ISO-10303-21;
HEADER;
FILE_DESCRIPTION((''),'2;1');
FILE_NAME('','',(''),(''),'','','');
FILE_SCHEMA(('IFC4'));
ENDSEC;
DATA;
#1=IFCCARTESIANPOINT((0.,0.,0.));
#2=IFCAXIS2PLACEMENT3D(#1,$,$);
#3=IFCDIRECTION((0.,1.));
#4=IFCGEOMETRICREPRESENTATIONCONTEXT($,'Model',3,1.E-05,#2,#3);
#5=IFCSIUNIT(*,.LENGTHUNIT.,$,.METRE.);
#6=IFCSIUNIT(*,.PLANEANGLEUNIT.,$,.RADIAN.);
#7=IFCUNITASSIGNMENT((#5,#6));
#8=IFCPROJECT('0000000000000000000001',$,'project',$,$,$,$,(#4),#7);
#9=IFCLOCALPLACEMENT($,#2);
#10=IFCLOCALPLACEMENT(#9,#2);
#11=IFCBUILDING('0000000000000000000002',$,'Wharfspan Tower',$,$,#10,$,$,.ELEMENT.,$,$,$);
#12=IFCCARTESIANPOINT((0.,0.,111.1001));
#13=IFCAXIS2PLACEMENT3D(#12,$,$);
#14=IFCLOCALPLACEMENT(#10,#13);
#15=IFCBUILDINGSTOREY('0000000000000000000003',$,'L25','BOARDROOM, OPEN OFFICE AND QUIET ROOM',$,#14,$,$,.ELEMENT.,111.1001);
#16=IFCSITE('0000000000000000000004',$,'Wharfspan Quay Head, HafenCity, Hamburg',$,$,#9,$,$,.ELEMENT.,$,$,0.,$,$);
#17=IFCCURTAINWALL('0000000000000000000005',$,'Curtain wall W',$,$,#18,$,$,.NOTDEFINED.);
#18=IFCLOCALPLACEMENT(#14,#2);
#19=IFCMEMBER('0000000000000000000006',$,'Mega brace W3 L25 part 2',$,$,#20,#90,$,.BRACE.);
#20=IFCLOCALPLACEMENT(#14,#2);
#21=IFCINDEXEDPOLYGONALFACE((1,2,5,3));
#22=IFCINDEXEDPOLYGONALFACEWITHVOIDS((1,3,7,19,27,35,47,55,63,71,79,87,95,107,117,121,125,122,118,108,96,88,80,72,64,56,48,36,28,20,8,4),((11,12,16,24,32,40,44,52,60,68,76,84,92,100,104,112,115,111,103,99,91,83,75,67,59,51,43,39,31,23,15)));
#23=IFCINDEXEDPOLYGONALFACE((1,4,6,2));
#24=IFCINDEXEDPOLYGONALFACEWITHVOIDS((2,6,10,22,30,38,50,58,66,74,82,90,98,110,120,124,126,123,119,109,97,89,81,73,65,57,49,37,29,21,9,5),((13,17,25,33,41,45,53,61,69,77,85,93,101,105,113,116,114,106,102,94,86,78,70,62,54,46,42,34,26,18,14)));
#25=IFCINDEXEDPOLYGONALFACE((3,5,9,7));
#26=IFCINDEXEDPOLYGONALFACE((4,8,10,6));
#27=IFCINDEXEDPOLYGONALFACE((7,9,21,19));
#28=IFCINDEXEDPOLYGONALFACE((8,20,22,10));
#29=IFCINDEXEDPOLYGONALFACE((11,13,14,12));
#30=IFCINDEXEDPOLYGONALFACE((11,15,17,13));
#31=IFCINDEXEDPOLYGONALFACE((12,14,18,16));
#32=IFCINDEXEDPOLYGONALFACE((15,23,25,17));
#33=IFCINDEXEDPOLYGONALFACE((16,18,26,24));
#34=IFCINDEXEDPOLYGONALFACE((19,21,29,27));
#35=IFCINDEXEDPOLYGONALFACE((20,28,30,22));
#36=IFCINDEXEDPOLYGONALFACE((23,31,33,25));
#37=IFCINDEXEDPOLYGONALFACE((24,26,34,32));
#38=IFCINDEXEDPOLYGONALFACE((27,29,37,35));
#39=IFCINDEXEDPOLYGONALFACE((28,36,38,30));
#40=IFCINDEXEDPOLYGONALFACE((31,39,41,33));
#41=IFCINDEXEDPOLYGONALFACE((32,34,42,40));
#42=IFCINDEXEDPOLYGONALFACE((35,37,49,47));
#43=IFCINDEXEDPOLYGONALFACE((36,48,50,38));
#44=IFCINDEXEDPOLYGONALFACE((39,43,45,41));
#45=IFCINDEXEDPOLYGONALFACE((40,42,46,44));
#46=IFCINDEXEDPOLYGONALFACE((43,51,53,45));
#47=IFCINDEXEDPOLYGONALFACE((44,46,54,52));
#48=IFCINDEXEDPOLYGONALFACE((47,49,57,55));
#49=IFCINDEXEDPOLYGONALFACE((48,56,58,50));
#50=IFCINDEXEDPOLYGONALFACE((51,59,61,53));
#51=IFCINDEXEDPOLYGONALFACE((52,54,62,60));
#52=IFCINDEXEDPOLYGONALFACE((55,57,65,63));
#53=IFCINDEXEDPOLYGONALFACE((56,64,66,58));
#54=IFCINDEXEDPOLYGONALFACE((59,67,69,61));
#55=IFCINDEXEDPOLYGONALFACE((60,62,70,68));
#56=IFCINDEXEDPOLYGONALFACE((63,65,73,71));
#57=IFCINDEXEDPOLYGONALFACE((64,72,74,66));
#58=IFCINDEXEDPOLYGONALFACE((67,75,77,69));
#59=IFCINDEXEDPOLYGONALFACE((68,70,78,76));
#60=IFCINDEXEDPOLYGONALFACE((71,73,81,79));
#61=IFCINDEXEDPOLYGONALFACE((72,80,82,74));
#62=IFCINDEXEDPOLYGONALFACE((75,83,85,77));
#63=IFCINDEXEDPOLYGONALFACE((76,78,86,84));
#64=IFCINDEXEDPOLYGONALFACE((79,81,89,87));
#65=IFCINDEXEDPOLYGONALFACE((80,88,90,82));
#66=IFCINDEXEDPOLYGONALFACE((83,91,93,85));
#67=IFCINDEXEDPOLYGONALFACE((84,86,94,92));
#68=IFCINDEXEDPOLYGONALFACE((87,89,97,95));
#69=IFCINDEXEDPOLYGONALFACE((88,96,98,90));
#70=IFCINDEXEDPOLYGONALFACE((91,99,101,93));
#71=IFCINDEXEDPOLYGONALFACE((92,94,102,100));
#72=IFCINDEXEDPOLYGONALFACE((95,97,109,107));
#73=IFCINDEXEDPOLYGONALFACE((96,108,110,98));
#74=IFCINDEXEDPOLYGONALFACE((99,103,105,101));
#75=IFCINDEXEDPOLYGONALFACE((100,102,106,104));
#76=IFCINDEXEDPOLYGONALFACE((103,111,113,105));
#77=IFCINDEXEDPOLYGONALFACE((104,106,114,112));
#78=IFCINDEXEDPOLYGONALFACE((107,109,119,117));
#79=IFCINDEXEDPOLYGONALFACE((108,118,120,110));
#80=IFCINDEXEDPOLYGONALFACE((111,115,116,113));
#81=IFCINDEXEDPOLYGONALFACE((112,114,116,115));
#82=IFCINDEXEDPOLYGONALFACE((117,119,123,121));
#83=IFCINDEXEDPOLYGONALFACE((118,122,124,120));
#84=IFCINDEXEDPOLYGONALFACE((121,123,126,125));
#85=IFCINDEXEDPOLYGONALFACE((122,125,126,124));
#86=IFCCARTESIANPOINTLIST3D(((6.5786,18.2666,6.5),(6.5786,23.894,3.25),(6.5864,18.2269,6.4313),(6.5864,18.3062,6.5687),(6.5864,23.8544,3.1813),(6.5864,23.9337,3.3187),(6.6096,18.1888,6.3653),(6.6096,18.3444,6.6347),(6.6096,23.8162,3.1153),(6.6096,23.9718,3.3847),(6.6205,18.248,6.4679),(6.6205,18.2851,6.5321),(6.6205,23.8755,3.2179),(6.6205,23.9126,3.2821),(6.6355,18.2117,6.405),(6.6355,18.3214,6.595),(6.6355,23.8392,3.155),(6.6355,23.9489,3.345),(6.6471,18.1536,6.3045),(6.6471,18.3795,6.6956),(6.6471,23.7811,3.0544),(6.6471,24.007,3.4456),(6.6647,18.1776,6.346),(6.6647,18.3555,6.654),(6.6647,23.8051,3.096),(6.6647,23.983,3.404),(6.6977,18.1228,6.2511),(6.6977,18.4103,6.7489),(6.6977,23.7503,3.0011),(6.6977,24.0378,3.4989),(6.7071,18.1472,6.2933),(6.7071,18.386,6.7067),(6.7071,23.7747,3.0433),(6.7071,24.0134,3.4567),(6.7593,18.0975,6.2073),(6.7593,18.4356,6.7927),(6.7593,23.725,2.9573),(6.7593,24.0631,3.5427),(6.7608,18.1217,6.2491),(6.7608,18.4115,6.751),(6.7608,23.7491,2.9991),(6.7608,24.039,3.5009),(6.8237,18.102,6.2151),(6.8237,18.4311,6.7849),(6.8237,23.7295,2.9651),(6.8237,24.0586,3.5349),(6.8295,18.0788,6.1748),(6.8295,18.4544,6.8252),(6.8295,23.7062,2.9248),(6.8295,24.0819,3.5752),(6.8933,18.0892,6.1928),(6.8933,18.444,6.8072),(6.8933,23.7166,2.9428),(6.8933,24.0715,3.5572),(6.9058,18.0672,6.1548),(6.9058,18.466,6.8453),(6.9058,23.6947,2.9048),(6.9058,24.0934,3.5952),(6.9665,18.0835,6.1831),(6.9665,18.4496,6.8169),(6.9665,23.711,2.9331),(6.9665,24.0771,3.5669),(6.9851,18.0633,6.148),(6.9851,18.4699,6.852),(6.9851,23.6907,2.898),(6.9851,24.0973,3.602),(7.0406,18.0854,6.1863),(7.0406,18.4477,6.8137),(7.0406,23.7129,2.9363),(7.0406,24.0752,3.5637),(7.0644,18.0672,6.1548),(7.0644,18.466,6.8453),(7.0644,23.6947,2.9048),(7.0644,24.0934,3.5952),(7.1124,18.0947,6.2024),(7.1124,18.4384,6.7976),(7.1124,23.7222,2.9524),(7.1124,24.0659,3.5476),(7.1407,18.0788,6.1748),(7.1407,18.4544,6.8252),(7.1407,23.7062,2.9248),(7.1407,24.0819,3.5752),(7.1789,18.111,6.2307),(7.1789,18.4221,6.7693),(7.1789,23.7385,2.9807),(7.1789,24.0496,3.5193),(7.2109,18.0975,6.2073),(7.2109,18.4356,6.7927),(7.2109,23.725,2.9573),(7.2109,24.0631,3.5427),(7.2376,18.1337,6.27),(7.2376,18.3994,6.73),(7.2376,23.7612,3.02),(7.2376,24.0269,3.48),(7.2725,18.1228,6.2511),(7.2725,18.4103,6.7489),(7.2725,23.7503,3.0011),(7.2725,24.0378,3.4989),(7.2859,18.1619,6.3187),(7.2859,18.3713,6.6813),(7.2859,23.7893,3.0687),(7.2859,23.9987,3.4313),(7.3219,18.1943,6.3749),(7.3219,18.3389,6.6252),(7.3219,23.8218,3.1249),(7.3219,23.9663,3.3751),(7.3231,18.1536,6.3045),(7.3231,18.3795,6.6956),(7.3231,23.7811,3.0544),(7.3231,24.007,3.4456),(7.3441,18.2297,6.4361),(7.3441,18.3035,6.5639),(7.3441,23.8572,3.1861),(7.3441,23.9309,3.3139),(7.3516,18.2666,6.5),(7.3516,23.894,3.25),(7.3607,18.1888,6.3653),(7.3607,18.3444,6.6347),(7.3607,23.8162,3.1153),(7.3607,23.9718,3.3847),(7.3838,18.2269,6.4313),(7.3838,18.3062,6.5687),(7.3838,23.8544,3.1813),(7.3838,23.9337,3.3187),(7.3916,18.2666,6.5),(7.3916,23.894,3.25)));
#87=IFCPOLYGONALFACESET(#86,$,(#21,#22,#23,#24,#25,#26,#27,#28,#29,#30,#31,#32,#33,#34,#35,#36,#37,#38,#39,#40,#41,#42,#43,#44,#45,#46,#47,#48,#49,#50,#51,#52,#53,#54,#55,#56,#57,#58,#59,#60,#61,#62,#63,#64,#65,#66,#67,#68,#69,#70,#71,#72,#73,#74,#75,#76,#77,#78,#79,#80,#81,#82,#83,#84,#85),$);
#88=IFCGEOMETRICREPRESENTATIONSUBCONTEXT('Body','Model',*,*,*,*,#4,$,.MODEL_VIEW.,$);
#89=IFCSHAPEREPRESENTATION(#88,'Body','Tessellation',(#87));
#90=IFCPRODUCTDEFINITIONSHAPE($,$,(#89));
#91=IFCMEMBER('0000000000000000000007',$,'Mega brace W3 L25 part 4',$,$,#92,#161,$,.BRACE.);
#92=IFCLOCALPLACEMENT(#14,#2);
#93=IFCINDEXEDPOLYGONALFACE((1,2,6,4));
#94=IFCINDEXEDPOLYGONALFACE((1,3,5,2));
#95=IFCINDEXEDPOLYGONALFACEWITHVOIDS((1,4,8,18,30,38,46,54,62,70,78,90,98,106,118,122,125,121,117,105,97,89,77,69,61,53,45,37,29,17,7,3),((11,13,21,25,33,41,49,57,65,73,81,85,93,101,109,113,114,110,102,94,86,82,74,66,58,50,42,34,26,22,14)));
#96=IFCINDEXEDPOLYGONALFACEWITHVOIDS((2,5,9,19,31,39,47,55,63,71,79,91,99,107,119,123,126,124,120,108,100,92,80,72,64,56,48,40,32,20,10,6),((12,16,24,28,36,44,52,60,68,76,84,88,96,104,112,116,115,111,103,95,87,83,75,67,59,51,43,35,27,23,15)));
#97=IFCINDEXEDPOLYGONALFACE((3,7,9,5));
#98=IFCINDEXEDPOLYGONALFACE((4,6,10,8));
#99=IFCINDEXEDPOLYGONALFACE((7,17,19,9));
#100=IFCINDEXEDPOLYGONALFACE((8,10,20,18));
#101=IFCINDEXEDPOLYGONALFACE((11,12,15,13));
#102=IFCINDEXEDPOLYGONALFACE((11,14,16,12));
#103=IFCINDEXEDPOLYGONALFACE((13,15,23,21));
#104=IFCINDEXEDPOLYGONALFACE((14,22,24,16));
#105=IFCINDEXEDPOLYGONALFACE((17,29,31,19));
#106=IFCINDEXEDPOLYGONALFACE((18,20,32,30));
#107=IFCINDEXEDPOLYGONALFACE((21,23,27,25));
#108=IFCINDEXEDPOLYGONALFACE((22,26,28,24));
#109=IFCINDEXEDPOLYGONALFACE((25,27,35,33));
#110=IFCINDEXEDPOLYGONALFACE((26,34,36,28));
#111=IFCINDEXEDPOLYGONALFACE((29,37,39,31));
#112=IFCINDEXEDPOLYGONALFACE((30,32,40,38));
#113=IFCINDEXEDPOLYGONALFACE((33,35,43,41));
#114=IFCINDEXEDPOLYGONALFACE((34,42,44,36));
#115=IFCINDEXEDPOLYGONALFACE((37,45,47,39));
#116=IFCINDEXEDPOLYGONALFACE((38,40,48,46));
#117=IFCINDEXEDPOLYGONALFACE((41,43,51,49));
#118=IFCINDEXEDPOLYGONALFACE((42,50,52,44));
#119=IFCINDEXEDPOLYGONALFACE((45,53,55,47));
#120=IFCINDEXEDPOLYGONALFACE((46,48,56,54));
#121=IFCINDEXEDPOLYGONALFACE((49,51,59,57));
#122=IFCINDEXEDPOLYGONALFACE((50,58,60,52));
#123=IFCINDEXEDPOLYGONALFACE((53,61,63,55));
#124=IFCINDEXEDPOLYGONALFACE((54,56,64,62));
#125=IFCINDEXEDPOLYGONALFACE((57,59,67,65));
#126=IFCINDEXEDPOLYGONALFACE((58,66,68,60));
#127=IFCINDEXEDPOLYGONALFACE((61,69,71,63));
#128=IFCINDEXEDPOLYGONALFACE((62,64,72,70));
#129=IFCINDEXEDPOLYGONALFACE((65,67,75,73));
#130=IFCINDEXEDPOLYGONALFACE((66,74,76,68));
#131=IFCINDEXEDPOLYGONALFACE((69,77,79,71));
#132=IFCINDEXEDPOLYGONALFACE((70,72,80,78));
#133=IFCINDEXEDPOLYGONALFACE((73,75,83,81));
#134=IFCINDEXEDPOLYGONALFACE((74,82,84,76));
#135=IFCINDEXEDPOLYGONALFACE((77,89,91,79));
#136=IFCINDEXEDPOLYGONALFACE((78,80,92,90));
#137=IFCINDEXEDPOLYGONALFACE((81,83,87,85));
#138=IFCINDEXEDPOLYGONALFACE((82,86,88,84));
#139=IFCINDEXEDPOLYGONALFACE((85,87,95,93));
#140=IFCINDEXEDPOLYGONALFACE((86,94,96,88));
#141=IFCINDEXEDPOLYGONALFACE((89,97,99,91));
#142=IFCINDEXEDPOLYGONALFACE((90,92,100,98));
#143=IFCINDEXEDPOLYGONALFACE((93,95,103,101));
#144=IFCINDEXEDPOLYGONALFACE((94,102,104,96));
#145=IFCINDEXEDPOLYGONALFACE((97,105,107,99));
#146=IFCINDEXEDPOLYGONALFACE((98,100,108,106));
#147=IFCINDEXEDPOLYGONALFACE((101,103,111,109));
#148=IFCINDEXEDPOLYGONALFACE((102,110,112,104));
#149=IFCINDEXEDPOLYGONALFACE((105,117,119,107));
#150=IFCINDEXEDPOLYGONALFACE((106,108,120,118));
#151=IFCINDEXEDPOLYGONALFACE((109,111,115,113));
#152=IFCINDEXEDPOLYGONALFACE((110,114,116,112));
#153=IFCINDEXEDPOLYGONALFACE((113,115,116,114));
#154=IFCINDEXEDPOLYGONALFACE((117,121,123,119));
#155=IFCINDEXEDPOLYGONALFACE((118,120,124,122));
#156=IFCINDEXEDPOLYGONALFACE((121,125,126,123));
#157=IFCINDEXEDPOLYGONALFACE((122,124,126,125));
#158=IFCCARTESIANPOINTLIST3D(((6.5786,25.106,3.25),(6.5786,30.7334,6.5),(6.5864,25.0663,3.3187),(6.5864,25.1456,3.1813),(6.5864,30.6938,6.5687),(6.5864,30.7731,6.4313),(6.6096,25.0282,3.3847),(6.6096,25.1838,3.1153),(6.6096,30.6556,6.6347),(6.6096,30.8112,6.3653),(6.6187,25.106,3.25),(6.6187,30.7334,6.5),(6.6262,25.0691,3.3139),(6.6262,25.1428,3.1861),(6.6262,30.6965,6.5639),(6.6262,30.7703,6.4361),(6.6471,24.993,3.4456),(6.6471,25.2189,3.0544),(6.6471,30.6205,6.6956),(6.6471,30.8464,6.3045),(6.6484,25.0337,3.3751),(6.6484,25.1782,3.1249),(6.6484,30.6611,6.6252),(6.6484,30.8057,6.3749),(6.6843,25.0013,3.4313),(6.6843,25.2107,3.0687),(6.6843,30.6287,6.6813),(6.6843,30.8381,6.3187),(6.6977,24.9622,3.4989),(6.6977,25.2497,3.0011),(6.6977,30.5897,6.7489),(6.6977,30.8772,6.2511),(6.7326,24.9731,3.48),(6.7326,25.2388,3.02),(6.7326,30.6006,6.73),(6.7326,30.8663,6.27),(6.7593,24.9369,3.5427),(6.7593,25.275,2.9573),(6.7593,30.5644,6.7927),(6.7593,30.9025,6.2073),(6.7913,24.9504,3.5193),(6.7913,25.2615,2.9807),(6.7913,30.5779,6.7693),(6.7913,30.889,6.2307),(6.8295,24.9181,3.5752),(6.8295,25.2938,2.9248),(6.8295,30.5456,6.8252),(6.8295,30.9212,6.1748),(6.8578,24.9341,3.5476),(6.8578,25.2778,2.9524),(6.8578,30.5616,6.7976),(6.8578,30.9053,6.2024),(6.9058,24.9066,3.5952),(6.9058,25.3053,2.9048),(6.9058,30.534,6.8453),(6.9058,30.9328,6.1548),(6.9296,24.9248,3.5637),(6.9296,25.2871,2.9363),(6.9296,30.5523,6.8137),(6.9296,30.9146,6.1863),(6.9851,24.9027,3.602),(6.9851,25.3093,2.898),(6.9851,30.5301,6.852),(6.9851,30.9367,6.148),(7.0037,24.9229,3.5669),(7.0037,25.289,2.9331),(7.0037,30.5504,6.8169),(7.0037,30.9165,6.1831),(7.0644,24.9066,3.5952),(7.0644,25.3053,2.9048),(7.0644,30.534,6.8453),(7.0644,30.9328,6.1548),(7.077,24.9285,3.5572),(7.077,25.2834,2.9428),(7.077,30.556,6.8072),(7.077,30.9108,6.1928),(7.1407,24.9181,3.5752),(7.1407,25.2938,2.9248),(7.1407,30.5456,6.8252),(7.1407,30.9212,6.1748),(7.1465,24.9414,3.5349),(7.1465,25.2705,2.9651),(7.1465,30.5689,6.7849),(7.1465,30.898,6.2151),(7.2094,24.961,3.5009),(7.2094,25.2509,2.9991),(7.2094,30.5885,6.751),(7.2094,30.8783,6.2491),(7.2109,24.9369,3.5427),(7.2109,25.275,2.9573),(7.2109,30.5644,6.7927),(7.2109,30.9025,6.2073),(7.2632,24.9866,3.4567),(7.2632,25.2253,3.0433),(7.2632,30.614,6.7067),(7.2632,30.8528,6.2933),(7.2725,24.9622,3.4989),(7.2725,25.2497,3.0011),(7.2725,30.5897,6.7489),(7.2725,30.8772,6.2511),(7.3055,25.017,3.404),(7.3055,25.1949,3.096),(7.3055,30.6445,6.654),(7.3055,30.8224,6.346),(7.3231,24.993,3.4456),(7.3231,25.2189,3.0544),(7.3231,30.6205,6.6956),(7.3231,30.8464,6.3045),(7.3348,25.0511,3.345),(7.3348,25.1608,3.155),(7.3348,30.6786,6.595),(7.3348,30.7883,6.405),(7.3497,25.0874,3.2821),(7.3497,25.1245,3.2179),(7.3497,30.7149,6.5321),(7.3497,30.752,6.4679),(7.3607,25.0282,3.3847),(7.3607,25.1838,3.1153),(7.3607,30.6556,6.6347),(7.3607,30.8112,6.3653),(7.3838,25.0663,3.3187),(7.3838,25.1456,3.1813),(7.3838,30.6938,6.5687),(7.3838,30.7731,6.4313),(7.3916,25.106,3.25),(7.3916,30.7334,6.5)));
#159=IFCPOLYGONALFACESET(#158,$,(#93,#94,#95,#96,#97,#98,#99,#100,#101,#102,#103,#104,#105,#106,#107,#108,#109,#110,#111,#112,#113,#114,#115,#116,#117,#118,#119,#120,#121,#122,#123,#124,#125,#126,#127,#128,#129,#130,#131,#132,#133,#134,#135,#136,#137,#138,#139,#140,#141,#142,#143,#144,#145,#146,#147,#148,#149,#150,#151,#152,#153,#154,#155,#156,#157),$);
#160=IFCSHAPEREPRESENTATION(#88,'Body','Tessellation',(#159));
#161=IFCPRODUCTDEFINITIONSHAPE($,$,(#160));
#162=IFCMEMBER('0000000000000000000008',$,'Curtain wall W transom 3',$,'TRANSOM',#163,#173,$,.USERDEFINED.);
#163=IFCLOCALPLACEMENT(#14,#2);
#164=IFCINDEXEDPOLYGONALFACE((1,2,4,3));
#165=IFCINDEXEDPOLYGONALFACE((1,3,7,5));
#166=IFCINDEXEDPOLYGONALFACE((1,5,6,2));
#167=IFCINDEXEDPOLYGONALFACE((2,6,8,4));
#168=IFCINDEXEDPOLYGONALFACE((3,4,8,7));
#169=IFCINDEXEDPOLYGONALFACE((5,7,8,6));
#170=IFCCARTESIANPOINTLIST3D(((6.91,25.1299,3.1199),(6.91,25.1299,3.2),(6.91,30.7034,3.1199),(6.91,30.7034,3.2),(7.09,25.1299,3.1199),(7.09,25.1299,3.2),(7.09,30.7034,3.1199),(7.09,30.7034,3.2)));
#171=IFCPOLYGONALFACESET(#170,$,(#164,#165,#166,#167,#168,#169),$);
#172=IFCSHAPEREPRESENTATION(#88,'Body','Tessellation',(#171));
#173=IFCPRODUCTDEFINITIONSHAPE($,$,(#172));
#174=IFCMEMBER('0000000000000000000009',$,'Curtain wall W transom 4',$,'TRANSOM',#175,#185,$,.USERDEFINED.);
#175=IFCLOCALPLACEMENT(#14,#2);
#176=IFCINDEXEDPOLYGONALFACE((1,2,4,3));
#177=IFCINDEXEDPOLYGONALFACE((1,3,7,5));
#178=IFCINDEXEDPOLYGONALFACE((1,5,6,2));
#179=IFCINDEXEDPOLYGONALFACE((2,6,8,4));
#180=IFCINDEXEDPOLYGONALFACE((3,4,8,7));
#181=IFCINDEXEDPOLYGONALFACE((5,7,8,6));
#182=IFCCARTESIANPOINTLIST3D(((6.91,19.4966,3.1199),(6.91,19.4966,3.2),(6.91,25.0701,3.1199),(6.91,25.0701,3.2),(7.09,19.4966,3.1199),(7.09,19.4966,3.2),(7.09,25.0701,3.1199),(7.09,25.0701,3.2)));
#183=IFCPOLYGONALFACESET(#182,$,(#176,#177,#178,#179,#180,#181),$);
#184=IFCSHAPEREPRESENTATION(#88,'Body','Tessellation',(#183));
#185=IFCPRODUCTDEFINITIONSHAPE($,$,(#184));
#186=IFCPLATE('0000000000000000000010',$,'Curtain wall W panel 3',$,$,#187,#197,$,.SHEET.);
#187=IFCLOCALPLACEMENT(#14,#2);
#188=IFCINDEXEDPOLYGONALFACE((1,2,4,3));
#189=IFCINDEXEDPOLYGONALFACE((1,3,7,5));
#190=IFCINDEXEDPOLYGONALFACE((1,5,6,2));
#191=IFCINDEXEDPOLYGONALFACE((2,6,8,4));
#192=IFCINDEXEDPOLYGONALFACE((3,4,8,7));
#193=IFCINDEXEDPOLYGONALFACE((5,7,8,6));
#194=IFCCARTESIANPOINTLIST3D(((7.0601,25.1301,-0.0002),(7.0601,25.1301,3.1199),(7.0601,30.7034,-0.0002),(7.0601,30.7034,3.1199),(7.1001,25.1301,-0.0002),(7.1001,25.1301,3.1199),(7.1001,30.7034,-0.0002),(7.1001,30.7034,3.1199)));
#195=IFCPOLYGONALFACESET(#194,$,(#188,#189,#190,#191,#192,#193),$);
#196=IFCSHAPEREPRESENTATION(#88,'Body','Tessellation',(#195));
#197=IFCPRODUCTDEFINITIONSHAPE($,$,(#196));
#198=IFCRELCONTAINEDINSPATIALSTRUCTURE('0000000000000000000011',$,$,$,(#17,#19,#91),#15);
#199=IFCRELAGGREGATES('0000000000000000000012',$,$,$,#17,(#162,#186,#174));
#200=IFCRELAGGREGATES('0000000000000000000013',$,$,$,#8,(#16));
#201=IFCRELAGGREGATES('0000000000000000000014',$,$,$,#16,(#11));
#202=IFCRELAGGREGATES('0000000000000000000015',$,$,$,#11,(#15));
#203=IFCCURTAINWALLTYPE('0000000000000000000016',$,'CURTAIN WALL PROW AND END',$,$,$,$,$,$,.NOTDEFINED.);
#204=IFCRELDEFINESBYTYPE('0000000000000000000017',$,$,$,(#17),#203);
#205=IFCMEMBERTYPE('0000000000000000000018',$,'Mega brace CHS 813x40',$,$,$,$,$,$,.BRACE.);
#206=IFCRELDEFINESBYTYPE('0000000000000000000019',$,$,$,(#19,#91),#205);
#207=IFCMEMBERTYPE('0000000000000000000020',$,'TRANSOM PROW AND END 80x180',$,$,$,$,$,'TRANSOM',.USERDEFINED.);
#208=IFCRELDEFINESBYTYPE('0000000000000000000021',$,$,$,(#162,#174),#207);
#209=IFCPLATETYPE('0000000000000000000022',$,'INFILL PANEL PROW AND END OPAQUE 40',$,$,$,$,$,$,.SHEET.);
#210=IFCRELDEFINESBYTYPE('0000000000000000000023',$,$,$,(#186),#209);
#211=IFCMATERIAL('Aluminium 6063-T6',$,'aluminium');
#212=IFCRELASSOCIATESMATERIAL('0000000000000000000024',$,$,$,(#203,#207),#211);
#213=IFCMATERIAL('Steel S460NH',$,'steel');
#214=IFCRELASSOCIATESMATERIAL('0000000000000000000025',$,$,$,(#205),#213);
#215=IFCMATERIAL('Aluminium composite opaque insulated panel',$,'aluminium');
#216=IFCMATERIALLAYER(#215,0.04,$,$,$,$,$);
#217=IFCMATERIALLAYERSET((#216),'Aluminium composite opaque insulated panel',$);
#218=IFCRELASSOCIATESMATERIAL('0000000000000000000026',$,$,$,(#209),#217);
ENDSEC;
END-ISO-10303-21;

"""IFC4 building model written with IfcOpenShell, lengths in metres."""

from ifc_helpers import new_model, si_unit, direction, frame, origin, origin_2d, place, context, subcontext, project, spatial, rectangle, hollow_circle, extrude, material, layer, layer_set, material_profile, profile_set, type_object, element, aggregate, save


model = new_model("IFC4")

# Units and contexts
model_context = context("Model", 3, precision=1e-05, world=origin(), true_north=direction((0.0, 1.0)))
body_context = subcontext(model_context, "Body", "Model", "MODEL_VIEW")
ifc_project = project(units=[si_unit("LENGTHUNIT", "METRE"), si_unit("PLANEANGLEUNIT", "RADIAN")], contexts=[model_context])

# Site, building, storey
site_placement = place(None, origin())
site = spatial("IfcSite", under=ifc_project, at=site_placement, Name="Wharfspan Quay Head, HafenCity, Hamburg", CompositionType="ELEMENT", RefElevation=0.0)
building_placement = place(site_placement, origin())
building = spatial("IfcBuilding", under=site, at=building_placement, Name="Wharfspan Tower", CompositionType="ELEMENT")
storey_placement = place(building_placement, frame((0.0, 0.0, 111.1001)))
storey = spatial("IfcBuildingStorey", under=building, at=storey_placement, Name="L25", Description="BOARDROOM, OPEN OFFICE AND QUIET ROOM", CompositionType="ELEMENT", Elevation=111.1001)

# Curtain wall
ifc_material_1 = material(Name="Aluminium 6063-T6", Category="aluminium")
curtain_wall_type = type_object("IfcCurtainWallType", Name="CURTAIN WALL PROW AND END", PredefinedType="NOTDEFINED", material=ifc_material_1)
curtain_wall_placement = place(storey_placement, origin())
curtain_wall = element("IfcCurtainWall", 1, at=curtain_wall_placement, inside=storey, type_object=curtain_wall_type, Name="Curtain wall W", PredefinedType="NOTDEFINED")

# Members
ifc_material_2 = material(Name="Steel S460NH", Category="steel")
ifc_material_profile_1 = material_profile(ifc_material_2, hollow_circle(Radius=0.4065, WallThickness=0.04, at=origin_2d()))
ifc_profile_set_1 = profile_set([ifc_material_profile_1], Name="Steel S460NH")
member_type_1 = type_object("IfcMemberType", Name="Mega brace CHS 813x40", PredefinedType="BRACE", material=ifc_profile_set_1)
for number, where, z_axis, x_axis, name in (
    (2, (6.9851, 23.894, 3.25), (0.0, -0.865959, 0.500115), (1.0, 0.0, 0.0), "Mega brace W3 L25 part 2"),
    (3, (6.9851, 25.106, 3.25), (0.0, 0.865959, 0.500115), (-1.0, 0.0, 0.0), "Mega brace W3 L25 part 4"),
):
    element("IfcMember", number, at=place(storey_placement, frame(where, z_axis=z_axis, x_axis=x_axis)), inside=storey, type_object=member_type_1, Name=name, PredefinedType="BRACE", context=body_context, shape_type="SweptSolid", body=[
        extrude(hollow_circle(Radius=0.4065, WallThickness=0.04, at=origin_2d()), origin(), (0.0, 0.0, 1.0), 6.4985),
    ])

# Members
ifc_material_profile_2 = material_profile(ifc_material_1, rectangle(XDim=0.1799, YDim=0.0801, at=origin_2d()))
ifc_profile_set_2 = profile_set([ifc_material_profile_2], Name="Aluminium 6063-T6")
member_type_2 = type_object("IfcMemberType", Name="TRANSOM PROW AND END 80x180", ElementType="TRANSOM", PredefinedType="USERDEFINED", material=ifc_profile_set_2)
member_1_placement = place(storey_placement, frame((7.0, 30.7034, 3.1599), z_axis=(0.0, -1.0, 0.0), x_axis=(1.0, 0.0, 0.0)))
member_1 = element("IfcMember", 4, at=member_1_placement, type_object=member_type_2, Name="Curtain wall W transom 3", ObjectType="TRANSOM", PredefinedType="USERDEFINED", context=body_context, shape_type="SweptSolid", body=[
    extrude(rectangle(XDim=0.1799, YDim=0.0801, at=origin_2d()), origin(), (0.0, 0.0, 1.0), 5.5735),
])
member_2_placement = place(storey_placement, frame((7.0, 25.0701, 3.1599), z_axis=(0.0, -1.0, 0.0), x_axis=(1.0, 0.0, 0.0)))
member_2 = element("IfcMember", 5, at=member_2_placement, type_object=member_type_2, Name="Curtain wall W transom 4", ObjectType="TRANSOM", PredefinedType="USERDEFINED", context=body_context, shape_type="SweptSolid", body=[
    extrude(rectangle(XDim=0.1799, YDim=0.0801, at=origin_2d()), origin(), (0.0, 0.0, 1.0), 5.5735),
])

# Plate
ifc_material_3 = material(Name="Aluminium composite opaque insulated panel", Category="aluminium")
ifc_layer_1 = layer(ifc_material_3, 0.04)
ifc_layer_set_1 = layer_set([ifc_layer_1], Name="Aluminium composite opaque insulated panel")
plate_type = type_object("IfcPlateType", Name="INFILL PANEL PROW AND END OPAQUE 40", PredefinedType="SHEET", material=ifc_layer_set_1)
plate_1_placement = place(storey_placement, frame((7.0801, 27.9167, -0.0002), z_axis=(0.0, 0.0, 1.0), x_axis=(0.0, -1.0, 0.0)))
plate_1 = element("IfcPlate", 6, at=plate_1_placement, type_object=plate_type, Name="Curtain wall W panel 3", PredefinedType="SHEET", context=body_context, shape_type="SweptSolid", body=[
    extrude(rectangle(XDim=5.5732, YDim=0.04, at=origin_2d()), origin(), (0.0, 0.0, 1.0), 3.1201),
])
aggregate(curtain_wall, [member_1, plate_1, member_2])

save(model, "model.ifc")
